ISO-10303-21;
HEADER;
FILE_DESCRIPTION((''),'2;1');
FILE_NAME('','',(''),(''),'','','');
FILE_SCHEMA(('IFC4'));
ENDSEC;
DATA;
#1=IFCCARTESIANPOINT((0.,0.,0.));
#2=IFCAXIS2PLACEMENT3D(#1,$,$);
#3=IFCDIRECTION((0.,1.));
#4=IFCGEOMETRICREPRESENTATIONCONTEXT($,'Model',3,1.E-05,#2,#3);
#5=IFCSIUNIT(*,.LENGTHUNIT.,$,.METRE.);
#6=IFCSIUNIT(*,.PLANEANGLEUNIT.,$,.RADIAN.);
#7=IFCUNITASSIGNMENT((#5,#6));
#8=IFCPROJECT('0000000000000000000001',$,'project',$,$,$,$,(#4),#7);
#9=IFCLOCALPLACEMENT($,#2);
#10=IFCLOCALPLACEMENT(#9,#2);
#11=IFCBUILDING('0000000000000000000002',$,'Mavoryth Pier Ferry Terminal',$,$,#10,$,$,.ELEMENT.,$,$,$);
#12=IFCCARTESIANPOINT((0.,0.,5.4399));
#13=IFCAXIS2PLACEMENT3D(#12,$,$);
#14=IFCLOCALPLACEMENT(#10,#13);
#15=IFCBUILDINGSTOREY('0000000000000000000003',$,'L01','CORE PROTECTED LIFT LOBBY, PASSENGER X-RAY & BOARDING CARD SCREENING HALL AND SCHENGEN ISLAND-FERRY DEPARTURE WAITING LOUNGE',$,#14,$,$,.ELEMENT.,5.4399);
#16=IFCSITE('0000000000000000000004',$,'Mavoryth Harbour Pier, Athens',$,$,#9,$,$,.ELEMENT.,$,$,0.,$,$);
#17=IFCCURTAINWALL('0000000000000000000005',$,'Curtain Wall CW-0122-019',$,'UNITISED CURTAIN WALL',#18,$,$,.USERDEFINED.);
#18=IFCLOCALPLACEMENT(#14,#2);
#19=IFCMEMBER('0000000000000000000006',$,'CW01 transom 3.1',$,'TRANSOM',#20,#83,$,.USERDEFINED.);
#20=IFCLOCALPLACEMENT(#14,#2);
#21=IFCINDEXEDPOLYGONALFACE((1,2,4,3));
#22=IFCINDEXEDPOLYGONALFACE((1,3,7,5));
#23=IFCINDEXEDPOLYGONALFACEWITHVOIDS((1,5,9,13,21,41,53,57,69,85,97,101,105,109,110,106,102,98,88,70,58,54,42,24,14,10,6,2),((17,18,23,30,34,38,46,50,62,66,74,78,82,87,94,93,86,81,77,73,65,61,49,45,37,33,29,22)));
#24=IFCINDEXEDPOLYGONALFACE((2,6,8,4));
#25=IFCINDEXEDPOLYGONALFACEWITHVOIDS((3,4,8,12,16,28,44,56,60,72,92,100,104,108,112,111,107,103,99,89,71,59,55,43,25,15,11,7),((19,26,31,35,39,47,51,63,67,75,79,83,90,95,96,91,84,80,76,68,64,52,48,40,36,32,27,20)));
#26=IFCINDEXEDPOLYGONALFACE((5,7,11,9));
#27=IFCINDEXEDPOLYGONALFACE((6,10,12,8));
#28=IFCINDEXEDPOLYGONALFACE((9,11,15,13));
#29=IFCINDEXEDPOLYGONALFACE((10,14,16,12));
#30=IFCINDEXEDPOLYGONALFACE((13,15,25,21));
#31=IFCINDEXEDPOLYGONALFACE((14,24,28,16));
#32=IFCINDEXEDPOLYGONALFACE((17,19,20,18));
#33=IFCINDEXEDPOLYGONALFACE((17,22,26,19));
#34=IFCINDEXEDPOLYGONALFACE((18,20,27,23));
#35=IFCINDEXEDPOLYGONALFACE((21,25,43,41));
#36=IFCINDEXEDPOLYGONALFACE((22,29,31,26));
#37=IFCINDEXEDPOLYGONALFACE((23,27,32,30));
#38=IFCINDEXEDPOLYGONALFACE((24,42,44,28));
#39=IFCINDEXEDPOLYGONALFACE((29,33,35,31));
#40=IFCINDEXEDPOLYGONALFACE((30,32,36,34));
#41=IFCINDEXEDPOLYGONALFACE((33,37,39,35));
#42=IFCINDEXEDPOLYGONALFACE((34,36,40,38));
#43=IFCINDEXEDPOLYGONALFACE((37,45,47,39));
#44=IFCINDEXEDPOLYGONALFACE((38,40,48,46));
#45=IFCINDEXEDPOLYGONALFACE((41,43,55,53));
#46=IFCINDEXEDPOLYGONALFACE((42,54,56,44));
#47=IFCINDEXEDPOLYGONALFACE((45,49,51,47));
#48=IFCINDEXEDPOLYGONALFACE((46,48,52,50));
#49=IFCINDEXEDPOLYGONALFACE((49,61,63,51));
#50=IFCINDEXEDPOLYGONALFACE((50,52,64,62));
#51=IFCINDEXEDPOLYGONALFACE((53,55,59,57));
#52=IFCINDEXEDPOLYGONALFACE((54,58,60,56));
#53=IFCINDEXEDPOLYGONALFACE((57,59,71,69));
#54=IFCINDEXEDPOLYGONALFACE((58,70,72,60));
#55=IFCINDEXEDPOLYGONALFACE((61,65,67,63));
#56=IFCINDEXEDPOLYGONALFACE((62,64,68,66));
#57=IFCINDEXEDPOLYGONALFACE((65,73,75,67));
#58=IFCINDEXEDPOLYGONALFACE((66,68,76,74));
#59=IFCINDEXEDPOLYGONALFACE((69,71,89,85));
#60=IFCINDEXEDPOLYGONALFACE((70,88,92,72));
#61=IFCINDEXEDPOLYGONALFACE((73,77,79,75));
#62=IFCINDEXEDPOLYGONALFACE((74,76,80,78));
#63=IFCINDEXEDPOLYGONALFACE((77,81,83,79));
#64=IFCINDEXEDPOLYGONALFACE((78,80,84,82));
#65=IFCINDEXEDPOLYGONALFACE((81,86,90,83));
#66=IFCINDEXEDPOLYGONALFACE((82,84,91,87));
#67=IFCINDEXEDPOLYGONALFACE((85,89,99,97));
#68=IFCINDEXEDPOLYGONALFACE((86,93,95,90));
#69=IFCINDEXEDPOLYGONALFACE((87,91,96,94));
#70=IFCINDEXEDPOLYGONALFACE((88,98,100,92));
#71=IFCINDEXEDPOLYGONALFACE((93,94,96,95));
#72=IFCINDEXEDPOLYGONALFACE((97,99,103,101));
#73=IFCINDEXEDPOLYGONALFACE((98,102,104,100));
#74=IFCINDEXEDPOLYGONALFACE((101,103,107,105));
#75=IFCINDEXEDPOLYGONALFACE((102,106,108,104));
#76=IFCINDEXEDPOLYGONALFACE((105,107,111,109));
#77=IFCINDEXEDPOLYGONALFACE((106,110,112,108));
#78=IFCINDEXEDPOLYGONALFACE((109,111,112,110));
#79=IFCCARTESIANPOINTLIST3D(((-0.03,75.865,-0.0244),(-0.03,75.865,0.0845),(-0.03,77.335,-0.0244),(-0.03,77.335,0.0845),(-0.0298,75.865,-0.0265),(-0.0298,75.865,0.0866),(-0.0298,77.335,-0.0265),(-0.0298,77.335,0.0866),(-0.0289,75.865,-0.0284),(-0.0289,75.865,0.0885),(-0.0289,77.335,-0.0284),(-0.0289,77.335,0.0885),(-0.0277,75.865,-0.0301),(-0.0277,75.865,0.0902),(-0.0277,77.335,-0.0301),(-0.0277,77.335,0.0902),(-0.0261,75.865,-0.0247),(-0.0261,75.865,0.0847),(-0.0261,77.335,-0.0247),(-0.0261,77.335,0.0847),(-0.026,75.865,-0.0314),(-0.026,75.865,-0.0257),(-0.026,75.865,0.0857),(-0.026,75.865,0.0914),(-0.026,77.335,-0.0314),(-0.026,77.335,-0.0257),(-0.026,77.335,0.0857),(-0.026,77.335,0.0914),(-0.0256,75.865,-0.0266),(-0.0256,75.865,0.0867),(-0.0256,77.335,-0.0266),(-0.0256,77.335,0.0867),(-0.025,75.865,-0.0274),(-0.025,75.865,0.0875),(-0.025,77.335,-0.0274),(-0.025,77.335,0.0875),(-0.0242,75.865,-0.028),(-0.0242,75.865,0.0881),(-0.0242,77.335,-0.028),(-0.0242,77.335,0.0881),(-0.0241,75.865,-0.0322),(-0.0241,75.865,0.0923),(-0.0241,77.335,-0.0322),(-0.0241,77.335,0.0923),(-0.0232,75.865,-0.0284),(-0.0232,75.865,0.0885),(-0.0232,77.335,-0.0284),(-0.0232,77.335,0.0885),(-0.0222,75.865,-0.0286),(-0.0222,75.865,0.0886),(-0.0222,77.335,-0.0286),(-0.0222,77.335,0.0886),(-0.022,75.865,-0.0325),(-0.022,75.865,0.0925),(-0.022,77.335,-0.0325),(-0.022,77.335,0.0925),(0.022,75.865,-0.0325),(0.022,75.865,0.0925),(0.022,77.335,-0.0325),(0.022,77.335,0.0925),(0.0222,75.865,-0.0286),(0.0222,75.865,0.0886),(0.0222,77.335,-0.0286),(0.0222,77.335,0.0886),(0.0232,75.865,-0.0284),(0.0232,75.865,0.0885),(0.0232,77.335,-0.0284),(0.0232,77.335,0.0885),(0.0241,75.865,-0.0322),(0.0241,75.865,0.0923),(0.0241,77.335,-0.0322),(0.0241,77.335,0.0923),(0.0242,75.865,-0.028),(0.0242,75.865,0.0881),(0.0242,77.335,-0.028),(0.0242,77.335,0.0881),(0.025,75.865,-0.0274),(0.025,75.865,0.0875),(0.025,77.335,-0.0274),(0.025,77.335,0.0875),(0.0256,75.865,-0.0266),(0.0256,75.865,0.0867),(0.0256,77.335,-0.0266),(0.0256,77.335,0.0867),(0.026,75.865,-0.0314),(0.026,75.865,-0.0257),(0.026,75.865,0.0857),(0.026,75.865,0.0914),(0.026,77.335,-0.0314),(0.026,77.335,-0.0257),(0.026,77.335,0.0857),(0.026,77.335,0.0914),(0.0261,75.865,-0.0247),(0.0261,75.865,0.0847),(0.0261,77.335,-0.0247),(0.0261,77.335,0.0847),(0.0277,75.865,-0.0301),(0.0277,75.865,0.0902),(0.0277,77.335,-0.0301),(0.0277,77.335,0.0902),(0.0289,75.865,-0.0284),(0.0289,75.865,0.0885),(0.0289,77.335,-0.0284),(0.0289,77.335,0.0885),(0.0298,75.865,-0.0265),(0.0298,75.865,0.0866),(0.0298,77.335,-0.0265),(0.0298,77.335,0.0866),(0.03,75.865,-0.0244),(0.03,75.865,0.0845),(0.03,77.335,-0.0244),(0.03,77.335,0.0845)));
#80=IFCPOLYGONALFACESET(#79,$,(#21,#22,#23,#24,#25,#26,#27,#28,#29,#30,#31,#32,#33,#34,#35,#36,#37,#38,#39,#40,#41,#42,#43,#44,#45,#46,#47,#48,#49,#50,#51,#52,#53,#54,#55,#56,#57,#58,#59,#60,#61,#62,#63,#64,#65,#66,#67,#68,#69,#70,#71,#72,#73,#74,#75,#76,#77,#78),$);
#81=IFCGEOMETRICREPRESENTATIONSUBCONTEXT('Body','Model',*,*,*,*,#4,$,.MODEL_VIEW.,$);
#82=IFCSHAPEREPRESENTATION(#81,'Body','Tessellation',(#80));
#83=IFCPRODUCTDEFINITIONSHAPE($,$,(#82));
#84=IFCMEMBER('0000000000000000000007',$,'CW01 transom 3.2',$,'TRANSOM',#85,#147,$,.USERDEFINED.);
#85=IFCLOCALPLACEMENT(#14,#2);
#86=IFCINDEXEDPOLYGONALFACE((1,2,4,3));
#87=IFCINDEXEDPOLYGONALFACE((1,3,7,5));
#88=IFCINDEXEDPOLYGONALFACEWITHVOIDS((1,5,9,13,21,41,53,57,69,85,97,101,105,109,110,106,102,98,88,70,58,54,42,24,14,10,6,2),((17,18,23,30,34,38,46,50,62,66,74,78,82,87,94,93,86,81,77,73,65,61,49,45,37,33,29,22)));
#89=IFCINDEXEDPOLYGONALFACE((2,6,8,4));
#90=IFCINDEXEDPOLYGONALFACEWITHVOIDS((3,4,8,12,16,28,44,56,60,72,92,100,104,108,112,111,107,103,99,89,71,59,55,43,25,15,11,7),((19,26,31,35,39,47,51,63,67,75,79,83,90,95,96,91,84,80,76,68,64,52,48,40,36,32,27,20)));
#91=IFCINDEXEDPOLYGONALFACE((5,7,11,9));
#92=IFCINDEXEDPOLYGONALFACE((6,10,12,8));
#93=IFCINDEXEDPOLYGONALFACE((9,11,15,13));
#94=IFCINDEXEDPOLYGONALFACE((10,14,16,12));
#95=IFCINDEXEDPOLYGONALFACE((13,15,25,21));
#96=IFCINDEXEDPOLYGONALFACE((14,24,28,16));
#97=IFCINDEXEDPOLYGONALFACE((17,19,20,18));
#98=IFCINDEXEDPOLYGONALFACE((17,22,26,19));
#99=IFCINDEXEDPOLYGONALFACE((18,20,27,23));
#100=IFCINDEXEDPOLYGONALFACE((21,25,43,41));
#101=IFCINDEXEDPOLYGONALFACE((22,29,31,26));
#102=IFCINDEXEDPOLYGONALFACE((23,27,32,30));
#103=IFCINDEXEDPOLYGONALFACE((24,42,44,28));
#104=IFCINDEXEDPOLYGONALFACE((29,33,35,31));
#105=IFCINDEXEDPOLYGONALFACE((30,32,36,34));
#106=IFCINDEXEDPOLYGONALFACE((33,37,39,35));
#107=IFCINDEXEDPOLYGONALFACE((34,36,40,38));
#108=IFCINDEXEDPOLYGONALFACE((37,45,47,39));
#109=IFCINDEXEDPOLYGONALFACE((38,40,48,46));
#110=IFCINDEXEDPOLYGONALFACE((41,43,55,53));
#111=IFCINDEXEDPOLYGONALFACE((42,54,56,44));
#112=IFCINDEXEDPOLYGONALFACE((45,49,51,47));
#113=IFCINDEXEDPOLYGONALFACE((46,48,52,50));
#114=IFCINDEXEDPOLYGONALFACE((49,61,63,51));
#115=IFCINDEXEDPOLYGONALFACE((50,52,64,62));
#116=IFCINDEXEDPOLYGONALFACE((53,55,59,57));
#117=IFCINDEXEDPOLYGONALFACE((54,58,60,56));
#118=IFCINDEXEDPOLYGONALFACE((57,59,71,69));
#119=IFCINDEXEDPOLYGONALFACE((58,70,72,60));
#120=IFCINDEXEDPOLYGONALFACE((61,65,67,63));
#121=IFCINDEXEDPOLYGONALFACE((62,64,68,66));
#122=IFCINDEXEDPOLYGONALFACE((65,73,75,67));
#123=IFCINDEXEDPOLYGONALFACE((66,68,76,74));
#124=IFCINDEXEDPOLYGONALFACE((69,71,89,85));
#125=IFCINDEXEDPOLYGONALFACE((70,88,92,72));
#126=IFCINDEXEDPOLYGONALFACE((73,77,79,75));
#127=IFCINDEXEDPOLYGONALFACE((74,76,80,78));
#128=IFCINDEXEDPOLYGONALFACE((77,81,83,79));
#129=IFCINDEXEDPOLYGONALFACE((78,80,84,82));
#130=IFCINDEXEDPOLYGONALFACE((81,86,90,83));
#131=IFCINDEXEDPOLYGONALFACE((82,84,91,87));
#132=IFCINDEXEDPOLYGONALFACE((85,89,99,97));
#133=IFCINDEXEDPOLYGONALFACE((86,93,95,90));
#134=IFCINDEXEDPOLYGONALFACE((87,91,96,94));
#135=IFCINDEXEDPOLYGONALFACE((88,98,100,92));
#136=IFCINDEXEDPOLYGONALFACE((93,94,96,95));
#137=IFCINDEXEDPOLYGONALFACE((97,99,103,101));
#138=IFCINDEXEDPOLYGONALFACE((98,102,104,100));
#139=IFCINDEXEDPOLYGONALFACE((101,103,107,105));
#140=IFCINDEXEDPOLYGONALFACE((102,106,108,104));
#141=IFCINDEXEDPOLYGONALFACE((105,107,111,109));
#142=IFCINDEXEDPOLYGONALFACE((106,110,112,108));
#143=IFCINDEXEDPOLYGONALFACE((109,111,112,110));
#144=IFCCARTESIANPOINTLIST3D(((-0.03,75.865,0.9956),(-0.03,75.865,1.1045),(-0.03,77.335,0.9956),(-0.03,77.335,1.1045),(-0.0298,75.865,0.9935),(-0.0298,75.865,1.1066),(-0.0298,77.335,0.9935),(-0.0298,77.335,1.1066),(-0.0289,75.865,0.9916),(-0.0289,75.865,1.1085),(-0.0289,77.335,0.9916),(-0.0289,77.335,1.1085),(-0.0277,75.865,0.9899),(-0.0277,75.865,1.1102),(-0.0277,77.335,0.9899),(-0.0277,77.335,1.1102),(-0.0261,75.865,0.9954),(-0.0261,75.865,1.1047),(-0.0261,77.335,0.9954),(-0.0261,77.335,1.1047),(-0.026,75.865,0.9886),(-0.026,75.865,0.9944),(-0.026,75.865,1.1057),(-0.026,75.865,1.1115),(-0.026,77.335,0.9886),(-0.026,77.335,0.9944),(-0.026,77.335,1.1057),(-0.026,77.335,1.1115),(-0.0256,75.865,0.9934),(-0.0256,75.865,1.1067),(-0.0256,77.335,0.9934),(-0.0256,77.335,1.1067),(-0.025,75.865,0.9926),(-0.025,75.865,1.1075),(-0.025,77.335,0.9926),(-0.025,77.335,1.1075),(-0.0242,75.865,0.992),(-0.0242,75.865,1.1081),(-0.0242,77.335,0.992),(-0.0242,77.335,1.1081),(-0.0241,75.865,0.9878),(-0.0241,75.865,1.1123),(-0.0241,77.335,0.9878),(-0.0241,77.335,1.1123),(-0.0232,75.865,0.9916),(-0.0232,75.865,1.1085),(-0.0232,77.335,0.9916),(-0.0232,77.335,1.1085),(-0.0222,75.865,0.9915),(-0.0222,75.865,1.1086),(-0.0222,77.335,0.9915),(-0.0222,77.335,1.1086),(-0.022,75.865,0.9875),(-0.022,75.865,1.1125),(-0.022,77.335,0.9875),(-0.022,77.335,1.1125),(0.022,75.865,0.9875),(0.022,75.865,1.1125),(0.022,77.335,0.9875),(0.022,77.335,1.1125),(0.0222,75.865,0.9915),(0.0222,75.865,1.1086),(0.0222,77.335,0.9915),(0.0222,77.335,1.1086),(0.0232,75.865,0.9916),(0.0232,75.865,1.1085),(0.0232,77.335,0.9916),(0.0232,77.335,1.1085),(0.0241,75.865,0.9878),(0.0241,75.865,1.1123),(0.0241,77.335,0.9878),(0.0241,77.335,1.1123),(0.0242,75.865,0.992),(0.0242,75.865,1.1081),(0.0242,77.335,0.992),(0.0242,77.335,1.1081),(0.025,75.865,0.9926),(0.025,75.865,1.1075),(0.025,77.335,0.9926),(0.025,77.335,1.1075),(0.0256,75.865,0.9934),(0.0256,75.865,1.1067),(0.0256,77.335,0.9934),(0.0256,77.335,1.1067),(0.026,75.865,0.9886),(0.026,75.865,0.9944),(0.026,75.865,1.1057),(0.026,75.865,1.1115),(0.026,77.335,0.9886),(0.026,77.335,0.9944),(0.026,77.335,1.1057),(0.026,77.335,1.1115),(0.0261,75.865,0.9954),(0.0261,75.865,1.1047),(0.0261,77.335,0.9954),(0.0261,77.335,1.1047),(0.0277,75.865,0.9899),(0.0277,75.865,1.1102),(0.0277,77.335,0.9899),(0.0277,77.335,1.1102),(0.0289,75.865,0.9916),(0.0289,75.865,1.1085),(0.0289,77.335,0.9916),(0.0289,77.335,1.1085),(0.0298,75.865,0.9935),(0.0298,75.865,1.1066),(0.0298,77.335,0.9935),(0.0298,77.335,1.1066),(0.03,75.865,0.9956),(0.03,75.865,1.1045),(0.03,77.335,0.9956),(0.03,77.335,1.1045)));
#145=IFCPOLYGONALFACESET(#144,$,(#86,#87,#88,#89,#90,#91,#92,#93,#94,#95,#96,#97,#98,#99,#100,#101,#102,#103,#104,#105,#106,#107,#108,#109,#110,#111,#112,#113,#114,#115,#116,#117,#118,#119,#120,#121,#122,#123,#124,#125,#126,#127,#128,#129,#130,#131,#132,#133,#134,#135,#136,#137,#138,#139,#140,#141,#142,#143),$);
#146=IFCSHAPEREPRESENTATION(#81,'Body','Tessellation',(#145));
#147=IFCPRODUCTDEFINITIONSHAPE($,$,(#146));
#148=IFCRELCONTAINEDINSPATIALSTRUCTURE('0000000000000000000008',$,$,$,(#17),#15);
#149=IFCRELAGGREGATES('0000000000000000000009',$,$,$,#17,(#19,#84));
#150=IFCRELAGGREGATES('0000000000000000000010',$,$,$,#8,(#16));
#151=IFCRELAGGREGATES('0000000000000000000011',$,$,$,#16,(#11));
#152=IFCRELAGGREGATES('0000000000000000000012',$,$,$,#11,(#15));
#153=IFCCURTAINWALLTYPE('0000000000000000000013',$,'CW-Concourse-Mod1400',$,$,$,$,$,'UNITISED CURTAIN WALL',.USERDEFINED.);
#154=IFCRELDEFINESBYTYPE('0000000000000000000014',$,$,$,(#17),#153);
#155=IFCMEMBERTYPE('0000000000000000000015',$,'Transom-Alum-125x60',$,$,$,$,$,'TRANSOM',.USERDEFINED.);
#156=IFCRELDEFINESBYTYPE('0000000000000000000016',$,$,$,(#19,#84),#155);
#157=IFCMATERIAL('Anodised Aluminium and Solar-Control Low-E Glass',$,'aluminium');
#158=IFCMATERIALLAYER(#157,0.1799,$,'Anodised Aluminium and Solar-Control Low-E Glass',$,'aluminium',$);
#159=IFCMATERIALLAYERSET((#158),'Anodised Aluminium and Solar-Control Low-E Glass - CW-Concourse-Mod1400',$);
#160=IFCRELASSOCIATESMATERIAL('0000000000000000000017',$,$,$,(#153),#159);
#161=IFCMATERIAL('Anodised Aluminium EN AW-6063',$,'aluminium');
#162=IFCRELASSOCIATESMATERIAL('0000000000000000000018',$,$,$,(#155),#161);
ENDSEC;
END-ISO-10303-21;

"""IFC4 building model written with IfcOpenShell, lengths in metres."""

from ifc_helpers import new_model, si_unit, direction, frame, origin, origin_2d, place, context, subcontext, project, spatial, hollow_rectangle, extrude, material, layer, layer_set, material_profile, profile_set, type_object, element, aggregate, save


model = new_model("IFC4")

# Units and contexts
model_context = context("Model", 3, precision=1e-05, world=origin(), true_north=direction((0.0, 1.0)))
body_context = subcontext(model_context, "Body", "Model", "MODEL_VIEW")
ifc_project = project(units=[si_unit("LENGTHUNIT", "METRE"), si_unit("PLANEANGLEUNIT", "RADIAN")], contexts=[model_context])

# Site, building, storey
site_placement = place(None, origin())
site = spatial("IfcSite", under=ifc_project, at=site_placement, Name="Mavoryth Harbour Pier, Athens", CompositionType="ELEMENT", RefElevation=0.0)
building_placement = place(site_placement, origin())
building = spatial("IfcBuilding", under=site, at=building_placement, Name="Mavoryth Pier Ferry Terminal", CompositionType="ELEMENT")
storey_placement = place(building_placement, frame((0.0, 0.0, 5.4399)))
storey = spatial("IfcBuildingStorey", under=building, at=storey_placement, Name="L01", Description="CORE PROTECTED LIFT LOBBY, PASSENGER X-RAY & BOARDING CARD SCREENING HALL AND SCHENGEN ISLAND-FERRY DEPARTURE WAITING LOUNGE", CompositionType="ELEMENT", Elevation=5.4399)

# Curtain wall, members
ifc_material_1 = material(Name="Anodised Aluminium and Solar-Control Low-E Glass", Category="aluminium")
ifc_layer_1 = layer(ifc_material_1, 0.1799, Name="Anodised Aluminium and Solar-Control Low-E Glass", Category="aluminium")
ifc_layer_set_1 = layer_set([ifc_layer_1], Name="Anodised Aluminium and Solar-Control Low-E Glass - CW-Concourse-Mod1400")
curtain_wall_type = type_object("IfcCurtainWallType", Name="CW-Concourse-Mod1400", ElementType="UNITISED CURTAIN WALL", PredefinedType="USERDEFINED", material=ifc_layer_set_1)
curtain_wall_placement = place(storey_placement, origin())
curtain_wall = element("IfcCurtainWall", 1, at=curtain_wall_placement, inside=storey, type_object=curtain_wall_type, Name="Curtain Wall CW-0122-019", ObjectType="UNITISED CURTAIN WALL", PredefinedType="USERDEFINED")
ifc_material_2 = material(Name="Anodised Aluminium EN AW-6063", Category="aluminium")
ifc_material_profile_1 = material_profile(ifc_material_2, hollow_rectangle(XDim=0.0601, YDim=0.125, WallThickness=0.0039, InnerFilletRadius=0.0039, OuterFilletRadius=0.0081, at=origin_2d()), Name="AL-TRAN 125x60x4", Category="aluminium")
ifc_profile_set_1 = profile_set([ifc_material_profile_1], Name="Anodised Aluminium EN AW-6063 - AL-TRAN 125x60x4")
member_type_1 = type_object("IfcMemberType", Name="Transom-Alum-125x60", ElementType="TRANSOM", PredefinedType="USERDEFINED", material=ifc_profile_set_1)
member_1_placement = place(storey_placement, frame((0.0, 77.335, 0.03), z_axis=(0.0, -1.0, 0.0), x_axis=(1.0, 0.0, 0.0)))
member_1 = element("IfcMember", 2, at=member_1_placement, type_object=member_type_1, Name="CW01 transom 3.1", ObjectType="TRANSOM", PredefinedType="USERDEFINED", context=body_context, shape_type="SweptSolid", body=[
    extrude(hollow_rectangle(XDim=0.0601, YDim=0.125, WallThickness=0.0039, InnerFilletRadius=0.0039, OuterFilletRadius=0.0081, at=origin_2d()), origin(), (0.0, 0.0, 1.0), 1.47),
])
member_2_placement = place(storey_placement, frame((0.0, 77.335, 1.05), z_axis=(0.0, -1.0, 0.0), x_axis=(1.0, 0.0, 0.0)))
member_2 = element("IfcMember", 3, at=member_2_placement, type_object=member_type_1, Name="CW01 transom 3.2", ObjectType="TRANSOM", PredefinedType="USERDEFINED", context=body_context, shape_type="SweptSolid", body=[
    extrude(hollow_rectangle(XDim=0.0601, YDim=0.125, WallThickness=0.0039, InnerFilletRadius=0.0039, OuterFilletRadius=0.0081, at=origin_2d()), origin(), (0.0, 0.0, 1.0), 1.47),
])
aggregate(curtain_wall, [member_1, member_2])

save(model, "model.ifc")
